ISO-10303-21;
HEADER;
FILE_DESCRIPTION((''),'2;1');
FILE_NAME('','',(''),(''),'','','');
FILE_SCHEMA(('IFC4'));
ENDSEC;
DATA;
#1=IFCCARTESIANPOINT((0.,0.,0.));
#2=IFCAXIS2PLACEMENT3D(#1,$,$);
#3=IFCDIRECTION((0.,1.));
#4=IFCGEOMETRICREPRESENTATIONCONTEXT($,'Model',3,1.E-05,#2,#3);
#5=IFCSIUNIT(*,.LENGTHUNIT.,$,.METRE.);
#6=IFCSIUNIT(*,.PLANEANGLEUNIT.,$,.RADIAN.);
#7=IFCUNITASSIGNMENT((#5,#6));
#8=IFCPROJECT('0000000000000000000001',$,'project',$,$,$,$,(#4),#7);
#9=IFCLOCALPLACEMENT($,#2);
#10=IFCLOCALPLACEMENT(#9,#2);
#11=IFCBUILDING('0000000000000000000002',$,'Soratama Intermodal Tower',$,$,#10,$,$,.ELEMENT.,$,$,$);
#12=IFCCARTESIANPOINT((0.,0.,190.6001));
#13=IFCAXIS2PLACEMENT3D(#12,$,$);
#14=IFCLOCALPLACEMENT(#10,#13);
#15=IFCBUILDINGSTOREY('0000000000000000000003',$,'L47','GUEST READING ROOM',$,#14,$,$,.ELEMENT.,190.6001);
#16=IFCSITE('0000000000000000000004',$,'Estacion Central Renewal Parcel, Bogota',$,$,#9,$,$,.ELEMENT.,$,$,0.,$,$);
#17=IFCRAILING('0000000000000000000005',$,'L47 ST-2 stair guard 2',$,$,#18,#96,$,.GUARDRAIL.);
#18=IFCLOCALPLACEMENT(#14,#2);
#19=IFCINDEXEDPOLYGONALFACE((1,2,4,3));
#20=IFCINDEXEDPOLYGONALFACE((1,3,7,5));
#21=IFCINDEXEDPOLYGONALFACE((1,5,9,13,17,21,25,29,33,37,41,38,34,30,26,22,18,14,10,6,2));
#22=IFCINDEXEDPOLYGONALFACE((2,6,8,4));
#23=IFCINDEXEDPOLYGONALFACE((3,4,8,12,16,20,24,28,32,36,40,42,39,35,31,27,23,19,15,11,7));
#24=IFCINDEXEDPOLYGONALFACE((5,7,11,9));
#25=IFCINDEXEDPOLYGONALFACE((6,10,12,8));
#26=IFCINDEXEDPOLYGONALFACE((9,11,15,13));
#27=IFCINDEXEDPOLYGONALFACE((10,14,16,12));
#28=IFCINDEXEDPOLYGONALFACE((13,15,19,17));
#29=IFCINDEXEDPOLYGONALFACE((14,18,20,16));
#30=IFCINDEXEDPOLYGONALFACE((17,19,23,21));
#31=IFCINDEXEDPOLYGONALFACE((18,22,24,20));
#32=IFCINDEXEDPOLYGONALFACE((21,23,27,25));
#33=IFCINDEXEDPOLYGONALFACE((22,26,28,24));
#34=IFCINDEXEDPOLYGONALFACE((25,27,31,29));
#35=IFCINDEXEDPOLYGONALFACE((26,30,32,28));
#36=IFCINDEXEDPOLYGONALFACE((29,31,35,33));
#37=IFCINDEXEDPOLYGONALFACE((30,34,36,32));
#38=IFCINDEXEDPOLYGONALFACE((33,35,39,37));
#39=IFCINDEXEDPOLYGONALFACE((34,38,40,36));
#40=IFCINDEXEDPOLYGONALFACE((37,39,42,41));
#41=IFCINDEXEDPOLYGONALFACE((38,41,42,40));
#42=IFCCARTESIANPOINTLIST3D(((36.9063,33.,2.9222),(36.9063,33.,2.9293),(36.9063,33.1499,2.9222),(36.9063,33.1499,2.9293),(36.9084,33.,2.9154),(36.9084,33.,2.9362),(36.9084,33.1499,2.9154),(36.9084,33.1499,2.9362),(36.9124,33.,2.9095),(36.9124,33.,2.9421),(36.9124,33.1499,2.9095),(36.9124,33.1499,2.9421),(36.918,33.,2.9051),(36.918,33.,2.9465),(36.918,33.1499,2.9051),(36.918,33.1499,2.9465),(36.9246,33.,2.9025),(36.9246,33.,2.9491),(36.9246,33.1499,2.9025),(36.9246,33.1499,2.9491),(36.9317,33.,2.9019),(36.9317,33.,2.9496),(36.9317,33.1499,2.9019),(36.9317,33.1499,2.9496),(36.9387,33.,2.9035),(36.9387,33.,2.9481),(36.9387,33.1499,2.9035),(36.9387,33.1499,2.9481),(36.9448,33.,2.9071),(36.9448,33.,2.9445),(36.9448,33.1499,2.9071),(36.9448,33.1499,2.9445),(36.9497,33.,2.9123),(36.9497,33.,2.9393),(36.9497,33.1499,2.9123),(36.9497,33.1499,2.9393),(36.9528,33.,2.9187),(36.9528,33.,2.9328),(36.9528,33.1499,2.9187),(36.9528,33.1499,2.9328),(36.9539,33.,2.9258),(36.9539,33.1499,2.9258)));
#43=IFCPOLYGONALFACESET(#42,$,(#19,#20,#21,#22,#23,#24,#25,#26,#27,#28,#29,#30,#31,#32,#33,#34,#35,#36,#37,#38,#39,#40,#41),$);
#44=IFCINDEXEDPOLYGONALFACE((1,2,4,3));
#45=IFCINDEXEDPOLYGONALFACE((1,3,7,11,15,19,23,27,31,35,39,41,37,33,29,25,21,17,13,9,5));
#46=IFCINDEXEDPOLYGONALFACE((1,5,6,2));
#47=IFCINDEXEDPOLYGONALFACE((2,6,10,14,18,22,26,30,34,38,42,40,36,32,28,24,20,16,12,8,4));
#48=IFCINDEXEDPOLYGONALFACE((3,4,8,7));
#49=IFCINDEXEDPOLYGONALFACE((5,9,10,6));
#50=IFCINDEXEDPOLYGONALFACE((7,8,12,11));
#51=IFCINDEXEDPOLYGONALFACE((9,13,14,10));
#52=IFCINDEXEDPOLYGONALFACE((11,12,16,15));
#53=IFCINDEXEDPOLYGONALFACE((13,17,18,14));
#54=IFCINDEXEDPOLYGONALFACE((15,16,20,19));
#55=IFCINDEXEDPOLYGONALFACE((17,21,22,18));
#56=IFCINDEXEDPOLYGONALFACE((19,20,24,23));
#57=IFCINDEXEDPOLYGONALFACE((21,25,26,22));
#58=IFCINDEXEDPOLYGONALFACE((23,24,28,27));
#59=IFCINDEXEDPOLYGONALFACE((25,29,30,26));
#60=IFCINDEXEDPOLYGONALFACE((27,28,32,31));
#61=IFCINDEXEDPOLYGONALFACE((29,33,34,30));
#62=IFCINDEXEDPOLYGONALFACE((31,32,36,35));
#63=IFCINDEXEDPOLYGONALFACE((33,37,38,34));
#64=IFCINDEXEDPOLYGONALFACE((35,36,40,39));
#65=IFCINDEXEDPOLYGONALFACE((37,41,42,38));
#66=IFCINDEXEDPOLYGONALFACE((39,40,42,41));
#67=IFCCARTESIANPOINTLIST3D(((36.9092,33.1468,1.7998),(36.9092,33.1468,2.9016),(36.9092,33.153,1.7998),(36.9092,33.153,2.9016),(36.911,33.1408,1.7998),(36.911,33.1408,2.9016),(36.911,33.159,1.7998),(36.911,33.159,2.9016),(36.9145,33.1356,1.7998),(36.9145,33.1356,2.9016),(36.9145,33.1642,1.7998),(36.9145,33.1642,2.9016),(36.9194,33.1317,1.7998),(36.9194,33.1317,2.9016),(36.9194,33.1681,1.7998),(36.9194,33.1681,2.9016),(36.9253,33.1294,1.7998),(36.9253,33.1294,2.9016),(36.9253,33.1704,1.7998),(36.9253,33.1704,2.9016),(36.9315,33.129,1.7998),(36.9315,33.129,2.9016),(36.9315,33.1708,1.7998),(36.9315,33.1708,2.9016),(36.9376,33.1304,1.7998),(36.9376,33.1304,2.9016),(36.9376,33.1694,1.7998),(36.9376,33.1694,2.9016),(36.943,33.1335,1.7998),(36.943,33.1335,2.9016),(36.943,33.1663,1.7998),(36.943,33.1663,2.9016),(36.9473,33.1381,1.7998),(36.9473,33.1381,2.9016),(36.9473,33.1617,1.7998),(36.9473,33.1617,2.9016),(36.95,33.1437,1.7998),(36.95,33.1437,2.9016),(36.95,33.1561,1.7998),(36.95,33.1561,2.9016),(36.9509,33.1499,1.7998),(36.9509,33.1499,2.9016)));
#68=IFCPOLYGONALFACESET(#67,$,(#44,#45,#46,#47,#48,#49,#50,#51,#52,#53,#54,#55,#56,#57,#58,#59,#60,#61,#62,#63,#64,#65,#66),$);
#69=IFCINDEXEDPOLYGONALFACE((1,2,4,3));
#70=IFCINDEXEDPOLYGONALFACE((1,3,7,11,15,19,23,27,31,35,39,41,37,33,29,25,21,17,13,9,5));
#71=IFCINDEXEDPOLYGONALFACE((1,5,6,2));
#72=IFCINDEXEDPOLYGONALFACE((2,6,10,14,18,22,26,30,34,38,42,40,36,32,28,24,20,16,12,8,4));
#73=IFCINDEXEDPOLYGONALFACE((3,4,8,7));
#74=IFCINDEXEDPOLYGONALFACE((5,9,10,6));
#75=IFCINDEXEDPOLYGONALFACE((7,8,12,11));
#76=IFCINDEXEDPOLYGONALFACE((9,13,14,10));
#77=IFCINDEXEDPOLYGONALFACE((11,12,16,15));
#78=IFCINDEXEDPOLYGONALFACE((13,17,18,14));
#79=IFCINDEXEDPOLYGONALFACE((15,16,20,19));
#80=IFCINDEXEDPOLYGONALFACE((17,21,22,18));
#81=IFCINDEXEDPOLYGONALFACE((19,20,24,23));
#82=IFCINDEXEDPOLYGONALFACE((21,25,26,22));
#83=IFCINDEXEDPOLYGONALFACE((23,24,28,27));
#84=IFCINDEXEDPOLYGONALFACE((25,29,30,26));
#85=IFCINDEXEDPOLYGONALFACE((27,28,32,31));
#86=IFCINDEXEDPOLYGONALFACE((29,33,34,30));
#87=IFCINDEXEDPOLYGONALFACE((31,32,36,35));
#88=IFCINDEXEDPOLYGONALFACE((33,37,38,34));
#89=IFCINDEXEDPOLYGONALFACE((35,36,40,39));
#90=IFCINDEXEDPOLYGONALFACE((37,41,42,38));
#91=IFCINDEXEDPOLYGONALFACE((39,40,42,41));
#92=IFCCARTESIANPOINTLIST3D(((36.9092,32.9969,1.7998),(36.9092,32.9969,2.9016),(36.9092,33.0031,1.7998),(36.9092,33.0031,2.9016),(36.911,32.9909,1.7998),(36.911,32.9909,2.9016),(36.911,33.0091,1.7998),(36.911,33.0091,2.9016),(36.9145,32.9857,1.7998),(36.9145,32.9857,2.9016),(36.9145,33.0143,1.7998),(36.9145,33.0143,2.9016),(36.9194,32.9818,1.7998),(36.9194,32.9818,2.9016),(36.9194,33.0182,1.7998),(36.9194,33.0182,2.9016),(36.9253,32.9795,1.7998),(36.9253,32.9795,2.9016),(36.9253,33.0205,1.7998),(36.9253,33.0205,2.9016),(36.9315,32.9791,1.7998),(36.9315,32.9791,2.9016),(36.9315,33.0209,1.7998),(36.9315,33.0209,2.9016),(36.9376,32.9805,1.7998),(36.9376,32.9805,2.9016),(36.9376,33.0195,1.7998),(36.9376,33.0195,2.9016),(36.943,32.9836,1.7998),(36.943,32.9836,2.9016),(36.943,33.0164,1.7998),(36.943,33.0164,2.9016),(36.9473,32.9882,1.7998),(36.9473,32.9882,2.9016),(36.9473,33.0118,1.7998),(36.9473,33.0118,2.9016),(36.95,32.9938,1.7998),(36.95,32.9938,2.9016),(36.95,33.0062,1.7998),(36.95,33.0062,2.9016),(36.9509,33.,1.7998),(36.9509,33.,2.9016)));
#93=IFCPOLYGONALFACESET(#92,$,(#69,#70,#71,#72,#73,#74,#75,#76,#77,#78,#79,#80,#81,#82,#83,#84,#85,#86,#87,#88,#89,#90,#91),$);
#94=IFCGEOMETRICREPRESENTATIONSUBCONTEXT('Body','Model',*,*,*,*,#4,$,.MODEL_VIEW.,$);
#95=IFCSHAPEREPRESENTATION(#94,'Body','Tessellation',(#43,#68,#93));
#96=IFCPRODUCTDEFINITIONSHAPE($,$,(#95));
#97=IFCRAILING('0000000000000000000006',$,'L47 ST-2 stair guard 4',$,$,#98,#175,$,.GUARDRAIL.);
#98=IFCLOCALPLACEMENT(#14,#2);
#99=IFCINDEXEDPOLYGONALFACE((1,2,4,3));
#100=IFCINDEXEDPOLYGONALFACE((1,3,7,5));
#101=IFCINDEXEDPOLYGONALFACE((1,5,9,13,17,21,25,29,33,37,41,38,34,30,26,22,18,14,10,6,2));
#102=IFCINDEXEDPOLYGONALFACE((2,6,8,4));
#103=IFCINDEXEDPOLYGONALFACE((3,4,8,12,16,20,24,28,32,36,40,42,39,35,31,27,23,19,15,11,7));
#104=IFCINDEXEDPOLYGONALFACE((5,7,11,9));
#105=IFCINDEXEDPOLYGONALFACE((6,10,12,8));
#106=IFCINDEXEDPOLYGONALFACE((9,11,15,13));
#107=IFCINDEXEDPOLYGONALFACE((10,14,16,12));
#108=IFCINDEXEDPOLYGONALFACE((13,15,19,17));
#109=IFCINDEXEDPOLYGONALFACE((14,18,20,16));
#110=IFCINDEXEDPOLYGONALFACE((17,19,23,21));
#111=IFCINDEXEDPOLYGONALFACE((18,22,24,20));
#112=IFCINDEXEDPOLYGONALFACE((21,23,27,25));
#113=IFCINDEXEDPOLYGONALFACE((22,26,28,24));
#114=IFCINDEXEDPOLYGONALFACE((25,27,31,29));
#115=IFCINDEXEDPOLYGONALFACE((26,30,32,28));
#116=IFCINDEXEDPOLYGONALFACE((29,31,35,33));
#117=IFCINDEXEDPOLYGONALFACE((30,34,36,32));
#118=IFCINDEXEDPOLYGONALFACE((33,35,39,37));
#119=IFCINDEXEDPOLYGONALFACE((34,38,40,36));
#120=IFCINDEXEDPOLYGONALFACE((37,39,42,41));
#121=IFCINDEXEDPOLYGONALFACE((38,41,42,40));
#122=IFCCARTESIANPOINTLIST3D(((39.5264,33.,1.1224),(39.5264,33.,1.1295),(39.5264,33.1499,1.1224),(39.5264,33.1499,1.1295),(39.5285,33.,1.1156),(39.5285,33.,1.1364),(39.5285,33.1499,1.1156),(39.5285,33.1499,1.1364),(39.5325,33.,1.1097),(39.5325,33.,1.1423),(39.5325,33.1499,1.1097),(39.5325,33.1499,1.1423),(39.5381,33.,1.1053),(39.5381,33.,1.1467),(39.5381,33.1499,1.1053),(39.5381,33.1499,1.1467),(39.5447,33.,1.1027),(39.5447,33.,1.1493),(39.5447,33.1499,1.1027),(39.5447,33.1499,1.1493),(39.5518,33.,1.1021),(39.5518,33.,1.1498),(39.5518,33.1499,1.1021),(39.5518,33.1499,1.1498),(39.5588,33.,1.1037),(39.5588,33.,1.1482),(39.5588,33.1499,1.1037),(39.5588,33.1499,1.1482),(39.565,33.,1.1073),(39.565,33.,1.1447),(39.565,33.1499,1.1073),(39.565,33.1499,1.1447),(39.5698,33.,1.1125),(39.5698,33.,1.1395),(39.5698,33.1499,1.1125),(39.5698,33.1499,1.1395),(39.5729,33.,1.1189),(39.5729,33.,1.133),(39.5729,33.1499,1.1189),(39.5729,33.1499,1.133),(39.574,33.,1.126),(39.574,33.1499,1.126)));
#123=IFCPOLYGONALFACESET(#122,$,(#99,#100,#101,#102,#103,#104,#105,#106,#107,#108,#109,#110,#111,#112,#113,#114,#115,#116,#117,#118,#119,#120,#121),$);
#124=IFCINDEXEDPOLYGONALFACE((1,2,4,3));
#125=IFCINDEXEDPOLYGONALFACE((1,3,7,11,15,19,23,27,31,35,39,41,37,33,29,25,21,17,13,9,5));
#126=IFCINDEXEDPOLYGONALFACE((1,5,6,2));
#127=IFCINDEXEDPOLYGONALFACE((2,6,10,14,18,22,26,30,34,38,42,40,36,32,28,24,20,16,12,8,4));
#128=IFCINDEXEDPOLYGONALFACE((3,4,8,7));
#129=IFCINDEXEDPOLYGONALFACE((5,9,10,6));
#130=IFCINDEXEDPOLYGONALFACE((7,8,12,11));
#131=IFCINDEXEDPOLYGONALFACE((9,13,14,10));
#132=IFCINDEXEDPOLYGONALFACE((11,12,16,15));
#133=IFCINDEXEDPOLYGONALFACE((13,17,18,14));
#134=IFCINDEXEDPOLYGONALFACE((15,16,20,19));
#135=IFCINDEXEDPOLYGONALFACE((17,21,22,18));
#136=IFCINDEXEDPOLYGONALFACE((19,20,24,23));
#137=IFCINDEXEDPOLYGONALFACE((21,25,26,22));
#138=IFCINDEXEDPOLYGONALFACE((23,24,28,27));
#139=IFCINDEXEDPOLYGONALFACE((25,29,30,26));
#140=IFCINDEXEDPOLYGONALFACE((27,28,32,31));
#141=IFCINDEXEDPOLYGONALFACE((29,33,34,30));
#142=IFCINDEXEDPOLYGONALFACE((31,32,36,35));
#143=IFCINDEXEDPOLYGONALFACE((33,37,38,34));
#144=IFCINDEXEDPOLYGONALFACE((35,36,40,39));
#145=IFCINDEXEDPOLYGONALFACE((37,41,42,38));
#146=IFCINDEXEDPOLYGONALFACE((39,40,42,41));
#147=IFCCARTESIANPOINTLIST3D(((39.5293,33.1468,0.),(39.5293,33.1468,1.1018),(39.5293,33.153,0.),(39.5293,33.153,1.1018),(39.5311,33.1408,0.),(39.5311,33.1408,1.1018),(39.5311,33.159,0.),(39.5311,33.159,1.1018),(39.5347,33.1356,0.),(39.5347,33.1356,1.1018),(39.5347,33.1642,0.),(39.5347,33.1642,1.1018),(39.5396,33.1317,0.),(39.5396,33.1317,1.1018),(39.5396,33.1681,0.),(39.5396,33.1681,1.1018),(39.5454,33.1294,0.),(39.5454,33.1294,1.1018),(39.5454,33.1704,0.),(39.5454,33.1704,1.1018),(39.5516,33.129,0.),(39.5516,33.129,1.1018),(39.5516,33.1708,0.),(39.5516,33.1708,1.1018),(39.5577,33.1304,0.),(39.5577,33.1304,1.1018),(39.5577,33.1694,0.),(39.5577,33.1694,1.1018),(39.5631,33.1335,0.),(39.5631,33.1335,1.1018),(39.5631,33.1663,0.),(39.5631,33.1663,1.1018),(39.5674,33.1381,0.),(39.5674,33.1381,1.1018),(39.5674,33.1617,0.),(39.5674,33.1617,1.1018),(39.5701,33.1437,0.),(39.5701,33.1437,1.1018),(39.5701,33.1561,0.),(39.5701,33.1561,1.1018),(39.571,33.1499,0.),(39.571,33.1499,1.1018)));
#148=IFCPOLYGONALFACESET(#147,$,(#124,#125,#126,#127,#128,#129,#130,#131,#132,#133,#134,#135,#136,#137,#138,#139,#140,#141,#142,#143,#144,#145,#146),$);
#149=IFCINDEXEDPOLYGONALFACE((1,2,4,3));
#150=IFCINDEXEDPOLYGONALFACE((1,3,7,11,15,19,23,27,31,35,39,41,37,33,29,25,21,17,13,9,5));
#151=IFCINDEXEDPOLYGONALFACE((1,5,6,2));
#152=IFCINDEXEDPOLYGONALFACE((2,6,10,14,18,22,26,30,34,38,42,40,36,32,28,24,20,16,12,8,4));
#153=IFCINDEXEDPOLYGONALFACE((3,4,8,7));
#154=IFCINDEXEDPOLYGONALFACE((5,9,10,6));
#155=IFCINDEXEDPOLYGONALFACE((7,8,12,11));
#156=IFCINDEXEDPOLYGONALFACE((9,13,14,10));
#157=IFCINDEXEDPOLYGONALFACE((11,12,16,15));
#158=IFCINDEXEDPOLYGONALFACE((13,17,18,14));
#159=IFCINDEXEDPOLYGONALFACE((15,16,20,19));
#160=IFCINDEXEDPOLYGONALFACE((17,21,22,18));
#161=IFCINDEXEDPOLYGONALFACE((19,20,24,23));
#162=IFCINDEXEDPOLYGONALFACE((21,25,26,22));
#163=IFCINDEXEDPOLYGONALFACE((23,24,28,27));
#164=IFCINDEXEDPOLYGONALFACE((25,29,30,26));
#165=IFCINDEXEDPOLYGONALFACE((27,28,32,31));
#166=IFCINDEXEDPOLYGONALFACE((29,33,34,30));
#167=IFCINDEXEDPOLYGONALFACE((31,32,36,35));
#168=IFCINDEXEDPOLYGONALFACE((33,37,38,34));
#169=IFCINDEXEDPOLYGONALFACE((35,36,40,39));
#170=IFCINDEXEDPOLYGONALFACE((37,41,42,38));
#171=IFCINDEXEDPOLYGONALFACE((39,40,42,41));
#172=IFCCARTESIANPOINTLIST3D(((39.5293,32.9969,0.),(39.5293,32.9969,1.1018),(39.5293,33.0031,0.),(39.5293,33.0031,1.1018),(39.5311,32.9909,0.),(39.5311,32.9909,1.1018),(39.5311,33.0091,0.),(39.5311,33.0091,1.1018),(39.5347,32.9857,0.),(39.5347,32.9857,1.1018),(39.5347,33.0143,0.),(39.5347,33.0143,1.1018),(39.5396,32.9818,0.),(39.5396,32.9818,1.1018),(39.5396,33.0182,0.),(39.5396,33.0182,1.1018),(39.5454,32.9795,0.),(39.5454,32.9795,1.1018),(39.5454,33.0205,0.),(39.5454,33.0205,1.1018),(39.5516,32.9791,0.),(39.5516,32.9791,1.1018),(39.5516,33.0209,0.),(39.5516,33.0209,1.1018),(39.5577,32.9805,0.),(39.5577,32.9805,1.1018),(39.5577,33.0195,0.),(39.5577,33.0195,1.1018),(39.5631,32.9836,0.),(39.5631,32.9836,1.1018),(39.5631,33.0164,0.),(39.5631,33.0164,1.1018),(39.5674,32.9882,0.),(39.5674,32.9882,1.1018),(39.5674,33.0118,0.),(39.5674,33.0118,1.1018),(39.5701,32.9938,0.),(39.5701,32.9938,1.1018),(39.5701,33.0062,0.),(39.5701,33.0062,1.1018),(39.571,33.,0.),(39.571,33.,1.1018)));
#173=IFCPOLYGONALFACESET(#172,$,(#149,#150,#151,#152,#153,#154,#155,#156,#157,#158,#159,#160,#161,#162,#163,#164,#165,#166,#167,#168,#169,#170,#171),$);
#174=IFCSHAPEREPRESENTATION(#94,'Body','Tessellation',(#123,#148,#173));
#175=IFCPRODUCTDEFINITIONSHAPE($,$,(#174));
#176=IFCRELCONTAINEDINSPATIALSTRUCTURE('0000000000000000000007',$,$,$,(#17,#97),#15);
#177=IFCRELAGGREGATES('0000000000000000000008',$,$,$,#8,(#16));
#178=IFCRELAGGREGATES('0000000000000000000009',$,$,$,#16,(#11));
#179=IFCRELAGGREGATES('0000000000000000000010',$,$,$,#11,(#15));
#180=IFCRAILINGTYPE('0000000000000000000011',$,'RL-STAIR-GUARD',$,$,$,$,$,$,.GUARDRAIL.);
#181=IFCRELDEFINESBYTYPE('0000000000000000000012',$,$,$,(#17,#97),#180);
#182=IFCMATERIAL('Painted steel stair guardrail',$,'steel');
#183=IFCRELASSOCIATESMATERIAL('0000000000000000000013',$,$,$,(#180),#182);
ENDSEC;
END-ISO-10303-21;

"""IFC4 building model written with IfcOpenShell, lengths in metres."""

from ifc_helpers import new_model, si_unit, direction, frame, origin, origin_2d, place, context, subcontext, project, spatial, circle, extrude, material, type_object, element, save


model = new_model("IFC4")

# Units and contexts
model_context = context("Model", 3, precision=1e-05, world=origin(), true_north=direction((0.0, 1.0)))
body_context = subcontext(model_context, "Body", "Model", "MODEL_VIEW")
ifc_project = project(units=[si_unit("LENGTHUNIT", "METRE"), si_unit("PLANEANGLEUNIT", "RADIAN")], contexts=[model_context])

# Site, building, storey
site_placement = place(None, origin())
site = spatial("IfcSite", under=ifc_project, at=site_placement, Name="Estacion Central Renewal Parcel, Bogota", CompositionType="ELEMENT", RefElevation=0.0)
building_placement = place(site_placement, origin())
building = spatial("IfcBuilding", under=site, at=building_placement, Name="Soratama Intermodal Tower", CompositionType="ELEMENT")
storey_placement = place(building_placement, frame((0.0, 0.0, 190.6001)))
storey = spatial("IfcBuildingStorey", under=building, at=storey_placement, Name="L47", Description="GUEST READING ROOM", CompositionType="ELEMENT", Elevation=190.6001)

# Railings
ifc_material_1 = material(Name="Painted steel stair guardrail", Category="steel")
railing_type_1 = type_object("IfcRailingType", Name="RL-STAIR-GUARD", PredefinedType="GUARDRAIL", material=ifc_material_1)
for number, where, name in (
    (1, (36.9299, 33.1499, 1.7998), "L47 ST-2 stair guard 2"),
    (2, (39.55, 33.1499, 0.0), "L47 ST-2 stair guard 4"),
):
    element("IfcRailing", number, at=place(storey_placement, frame(where)), inside=storey, type_object=railing_type_1, Name=name, PredefinedType="GUARDRAIL", context=body_context, shape_type="SweptSolid", body=[
        extrude(circle(Radius=0.0239, at=origin_2d()), frame((0.0, 0.0, 1.126), z_axis=(0.0, -1.0, 0.0), x_axis=(1.0, 0.0, 0.0)), (0.0, 0.0, 1.0), 0.1499),
        extrude(circle(Radius=0.021, at=origin_2d()), origin(), (0.0, 0.0, 1.0), 1.1018),
        extrude(circle(Radius=0.021, at=origin_2d()), frame((0.0, -0.1499, 0.0)), (0.0, 0.0, 1.0), 1.1018),
    ])

save(model, "model.ifc")
